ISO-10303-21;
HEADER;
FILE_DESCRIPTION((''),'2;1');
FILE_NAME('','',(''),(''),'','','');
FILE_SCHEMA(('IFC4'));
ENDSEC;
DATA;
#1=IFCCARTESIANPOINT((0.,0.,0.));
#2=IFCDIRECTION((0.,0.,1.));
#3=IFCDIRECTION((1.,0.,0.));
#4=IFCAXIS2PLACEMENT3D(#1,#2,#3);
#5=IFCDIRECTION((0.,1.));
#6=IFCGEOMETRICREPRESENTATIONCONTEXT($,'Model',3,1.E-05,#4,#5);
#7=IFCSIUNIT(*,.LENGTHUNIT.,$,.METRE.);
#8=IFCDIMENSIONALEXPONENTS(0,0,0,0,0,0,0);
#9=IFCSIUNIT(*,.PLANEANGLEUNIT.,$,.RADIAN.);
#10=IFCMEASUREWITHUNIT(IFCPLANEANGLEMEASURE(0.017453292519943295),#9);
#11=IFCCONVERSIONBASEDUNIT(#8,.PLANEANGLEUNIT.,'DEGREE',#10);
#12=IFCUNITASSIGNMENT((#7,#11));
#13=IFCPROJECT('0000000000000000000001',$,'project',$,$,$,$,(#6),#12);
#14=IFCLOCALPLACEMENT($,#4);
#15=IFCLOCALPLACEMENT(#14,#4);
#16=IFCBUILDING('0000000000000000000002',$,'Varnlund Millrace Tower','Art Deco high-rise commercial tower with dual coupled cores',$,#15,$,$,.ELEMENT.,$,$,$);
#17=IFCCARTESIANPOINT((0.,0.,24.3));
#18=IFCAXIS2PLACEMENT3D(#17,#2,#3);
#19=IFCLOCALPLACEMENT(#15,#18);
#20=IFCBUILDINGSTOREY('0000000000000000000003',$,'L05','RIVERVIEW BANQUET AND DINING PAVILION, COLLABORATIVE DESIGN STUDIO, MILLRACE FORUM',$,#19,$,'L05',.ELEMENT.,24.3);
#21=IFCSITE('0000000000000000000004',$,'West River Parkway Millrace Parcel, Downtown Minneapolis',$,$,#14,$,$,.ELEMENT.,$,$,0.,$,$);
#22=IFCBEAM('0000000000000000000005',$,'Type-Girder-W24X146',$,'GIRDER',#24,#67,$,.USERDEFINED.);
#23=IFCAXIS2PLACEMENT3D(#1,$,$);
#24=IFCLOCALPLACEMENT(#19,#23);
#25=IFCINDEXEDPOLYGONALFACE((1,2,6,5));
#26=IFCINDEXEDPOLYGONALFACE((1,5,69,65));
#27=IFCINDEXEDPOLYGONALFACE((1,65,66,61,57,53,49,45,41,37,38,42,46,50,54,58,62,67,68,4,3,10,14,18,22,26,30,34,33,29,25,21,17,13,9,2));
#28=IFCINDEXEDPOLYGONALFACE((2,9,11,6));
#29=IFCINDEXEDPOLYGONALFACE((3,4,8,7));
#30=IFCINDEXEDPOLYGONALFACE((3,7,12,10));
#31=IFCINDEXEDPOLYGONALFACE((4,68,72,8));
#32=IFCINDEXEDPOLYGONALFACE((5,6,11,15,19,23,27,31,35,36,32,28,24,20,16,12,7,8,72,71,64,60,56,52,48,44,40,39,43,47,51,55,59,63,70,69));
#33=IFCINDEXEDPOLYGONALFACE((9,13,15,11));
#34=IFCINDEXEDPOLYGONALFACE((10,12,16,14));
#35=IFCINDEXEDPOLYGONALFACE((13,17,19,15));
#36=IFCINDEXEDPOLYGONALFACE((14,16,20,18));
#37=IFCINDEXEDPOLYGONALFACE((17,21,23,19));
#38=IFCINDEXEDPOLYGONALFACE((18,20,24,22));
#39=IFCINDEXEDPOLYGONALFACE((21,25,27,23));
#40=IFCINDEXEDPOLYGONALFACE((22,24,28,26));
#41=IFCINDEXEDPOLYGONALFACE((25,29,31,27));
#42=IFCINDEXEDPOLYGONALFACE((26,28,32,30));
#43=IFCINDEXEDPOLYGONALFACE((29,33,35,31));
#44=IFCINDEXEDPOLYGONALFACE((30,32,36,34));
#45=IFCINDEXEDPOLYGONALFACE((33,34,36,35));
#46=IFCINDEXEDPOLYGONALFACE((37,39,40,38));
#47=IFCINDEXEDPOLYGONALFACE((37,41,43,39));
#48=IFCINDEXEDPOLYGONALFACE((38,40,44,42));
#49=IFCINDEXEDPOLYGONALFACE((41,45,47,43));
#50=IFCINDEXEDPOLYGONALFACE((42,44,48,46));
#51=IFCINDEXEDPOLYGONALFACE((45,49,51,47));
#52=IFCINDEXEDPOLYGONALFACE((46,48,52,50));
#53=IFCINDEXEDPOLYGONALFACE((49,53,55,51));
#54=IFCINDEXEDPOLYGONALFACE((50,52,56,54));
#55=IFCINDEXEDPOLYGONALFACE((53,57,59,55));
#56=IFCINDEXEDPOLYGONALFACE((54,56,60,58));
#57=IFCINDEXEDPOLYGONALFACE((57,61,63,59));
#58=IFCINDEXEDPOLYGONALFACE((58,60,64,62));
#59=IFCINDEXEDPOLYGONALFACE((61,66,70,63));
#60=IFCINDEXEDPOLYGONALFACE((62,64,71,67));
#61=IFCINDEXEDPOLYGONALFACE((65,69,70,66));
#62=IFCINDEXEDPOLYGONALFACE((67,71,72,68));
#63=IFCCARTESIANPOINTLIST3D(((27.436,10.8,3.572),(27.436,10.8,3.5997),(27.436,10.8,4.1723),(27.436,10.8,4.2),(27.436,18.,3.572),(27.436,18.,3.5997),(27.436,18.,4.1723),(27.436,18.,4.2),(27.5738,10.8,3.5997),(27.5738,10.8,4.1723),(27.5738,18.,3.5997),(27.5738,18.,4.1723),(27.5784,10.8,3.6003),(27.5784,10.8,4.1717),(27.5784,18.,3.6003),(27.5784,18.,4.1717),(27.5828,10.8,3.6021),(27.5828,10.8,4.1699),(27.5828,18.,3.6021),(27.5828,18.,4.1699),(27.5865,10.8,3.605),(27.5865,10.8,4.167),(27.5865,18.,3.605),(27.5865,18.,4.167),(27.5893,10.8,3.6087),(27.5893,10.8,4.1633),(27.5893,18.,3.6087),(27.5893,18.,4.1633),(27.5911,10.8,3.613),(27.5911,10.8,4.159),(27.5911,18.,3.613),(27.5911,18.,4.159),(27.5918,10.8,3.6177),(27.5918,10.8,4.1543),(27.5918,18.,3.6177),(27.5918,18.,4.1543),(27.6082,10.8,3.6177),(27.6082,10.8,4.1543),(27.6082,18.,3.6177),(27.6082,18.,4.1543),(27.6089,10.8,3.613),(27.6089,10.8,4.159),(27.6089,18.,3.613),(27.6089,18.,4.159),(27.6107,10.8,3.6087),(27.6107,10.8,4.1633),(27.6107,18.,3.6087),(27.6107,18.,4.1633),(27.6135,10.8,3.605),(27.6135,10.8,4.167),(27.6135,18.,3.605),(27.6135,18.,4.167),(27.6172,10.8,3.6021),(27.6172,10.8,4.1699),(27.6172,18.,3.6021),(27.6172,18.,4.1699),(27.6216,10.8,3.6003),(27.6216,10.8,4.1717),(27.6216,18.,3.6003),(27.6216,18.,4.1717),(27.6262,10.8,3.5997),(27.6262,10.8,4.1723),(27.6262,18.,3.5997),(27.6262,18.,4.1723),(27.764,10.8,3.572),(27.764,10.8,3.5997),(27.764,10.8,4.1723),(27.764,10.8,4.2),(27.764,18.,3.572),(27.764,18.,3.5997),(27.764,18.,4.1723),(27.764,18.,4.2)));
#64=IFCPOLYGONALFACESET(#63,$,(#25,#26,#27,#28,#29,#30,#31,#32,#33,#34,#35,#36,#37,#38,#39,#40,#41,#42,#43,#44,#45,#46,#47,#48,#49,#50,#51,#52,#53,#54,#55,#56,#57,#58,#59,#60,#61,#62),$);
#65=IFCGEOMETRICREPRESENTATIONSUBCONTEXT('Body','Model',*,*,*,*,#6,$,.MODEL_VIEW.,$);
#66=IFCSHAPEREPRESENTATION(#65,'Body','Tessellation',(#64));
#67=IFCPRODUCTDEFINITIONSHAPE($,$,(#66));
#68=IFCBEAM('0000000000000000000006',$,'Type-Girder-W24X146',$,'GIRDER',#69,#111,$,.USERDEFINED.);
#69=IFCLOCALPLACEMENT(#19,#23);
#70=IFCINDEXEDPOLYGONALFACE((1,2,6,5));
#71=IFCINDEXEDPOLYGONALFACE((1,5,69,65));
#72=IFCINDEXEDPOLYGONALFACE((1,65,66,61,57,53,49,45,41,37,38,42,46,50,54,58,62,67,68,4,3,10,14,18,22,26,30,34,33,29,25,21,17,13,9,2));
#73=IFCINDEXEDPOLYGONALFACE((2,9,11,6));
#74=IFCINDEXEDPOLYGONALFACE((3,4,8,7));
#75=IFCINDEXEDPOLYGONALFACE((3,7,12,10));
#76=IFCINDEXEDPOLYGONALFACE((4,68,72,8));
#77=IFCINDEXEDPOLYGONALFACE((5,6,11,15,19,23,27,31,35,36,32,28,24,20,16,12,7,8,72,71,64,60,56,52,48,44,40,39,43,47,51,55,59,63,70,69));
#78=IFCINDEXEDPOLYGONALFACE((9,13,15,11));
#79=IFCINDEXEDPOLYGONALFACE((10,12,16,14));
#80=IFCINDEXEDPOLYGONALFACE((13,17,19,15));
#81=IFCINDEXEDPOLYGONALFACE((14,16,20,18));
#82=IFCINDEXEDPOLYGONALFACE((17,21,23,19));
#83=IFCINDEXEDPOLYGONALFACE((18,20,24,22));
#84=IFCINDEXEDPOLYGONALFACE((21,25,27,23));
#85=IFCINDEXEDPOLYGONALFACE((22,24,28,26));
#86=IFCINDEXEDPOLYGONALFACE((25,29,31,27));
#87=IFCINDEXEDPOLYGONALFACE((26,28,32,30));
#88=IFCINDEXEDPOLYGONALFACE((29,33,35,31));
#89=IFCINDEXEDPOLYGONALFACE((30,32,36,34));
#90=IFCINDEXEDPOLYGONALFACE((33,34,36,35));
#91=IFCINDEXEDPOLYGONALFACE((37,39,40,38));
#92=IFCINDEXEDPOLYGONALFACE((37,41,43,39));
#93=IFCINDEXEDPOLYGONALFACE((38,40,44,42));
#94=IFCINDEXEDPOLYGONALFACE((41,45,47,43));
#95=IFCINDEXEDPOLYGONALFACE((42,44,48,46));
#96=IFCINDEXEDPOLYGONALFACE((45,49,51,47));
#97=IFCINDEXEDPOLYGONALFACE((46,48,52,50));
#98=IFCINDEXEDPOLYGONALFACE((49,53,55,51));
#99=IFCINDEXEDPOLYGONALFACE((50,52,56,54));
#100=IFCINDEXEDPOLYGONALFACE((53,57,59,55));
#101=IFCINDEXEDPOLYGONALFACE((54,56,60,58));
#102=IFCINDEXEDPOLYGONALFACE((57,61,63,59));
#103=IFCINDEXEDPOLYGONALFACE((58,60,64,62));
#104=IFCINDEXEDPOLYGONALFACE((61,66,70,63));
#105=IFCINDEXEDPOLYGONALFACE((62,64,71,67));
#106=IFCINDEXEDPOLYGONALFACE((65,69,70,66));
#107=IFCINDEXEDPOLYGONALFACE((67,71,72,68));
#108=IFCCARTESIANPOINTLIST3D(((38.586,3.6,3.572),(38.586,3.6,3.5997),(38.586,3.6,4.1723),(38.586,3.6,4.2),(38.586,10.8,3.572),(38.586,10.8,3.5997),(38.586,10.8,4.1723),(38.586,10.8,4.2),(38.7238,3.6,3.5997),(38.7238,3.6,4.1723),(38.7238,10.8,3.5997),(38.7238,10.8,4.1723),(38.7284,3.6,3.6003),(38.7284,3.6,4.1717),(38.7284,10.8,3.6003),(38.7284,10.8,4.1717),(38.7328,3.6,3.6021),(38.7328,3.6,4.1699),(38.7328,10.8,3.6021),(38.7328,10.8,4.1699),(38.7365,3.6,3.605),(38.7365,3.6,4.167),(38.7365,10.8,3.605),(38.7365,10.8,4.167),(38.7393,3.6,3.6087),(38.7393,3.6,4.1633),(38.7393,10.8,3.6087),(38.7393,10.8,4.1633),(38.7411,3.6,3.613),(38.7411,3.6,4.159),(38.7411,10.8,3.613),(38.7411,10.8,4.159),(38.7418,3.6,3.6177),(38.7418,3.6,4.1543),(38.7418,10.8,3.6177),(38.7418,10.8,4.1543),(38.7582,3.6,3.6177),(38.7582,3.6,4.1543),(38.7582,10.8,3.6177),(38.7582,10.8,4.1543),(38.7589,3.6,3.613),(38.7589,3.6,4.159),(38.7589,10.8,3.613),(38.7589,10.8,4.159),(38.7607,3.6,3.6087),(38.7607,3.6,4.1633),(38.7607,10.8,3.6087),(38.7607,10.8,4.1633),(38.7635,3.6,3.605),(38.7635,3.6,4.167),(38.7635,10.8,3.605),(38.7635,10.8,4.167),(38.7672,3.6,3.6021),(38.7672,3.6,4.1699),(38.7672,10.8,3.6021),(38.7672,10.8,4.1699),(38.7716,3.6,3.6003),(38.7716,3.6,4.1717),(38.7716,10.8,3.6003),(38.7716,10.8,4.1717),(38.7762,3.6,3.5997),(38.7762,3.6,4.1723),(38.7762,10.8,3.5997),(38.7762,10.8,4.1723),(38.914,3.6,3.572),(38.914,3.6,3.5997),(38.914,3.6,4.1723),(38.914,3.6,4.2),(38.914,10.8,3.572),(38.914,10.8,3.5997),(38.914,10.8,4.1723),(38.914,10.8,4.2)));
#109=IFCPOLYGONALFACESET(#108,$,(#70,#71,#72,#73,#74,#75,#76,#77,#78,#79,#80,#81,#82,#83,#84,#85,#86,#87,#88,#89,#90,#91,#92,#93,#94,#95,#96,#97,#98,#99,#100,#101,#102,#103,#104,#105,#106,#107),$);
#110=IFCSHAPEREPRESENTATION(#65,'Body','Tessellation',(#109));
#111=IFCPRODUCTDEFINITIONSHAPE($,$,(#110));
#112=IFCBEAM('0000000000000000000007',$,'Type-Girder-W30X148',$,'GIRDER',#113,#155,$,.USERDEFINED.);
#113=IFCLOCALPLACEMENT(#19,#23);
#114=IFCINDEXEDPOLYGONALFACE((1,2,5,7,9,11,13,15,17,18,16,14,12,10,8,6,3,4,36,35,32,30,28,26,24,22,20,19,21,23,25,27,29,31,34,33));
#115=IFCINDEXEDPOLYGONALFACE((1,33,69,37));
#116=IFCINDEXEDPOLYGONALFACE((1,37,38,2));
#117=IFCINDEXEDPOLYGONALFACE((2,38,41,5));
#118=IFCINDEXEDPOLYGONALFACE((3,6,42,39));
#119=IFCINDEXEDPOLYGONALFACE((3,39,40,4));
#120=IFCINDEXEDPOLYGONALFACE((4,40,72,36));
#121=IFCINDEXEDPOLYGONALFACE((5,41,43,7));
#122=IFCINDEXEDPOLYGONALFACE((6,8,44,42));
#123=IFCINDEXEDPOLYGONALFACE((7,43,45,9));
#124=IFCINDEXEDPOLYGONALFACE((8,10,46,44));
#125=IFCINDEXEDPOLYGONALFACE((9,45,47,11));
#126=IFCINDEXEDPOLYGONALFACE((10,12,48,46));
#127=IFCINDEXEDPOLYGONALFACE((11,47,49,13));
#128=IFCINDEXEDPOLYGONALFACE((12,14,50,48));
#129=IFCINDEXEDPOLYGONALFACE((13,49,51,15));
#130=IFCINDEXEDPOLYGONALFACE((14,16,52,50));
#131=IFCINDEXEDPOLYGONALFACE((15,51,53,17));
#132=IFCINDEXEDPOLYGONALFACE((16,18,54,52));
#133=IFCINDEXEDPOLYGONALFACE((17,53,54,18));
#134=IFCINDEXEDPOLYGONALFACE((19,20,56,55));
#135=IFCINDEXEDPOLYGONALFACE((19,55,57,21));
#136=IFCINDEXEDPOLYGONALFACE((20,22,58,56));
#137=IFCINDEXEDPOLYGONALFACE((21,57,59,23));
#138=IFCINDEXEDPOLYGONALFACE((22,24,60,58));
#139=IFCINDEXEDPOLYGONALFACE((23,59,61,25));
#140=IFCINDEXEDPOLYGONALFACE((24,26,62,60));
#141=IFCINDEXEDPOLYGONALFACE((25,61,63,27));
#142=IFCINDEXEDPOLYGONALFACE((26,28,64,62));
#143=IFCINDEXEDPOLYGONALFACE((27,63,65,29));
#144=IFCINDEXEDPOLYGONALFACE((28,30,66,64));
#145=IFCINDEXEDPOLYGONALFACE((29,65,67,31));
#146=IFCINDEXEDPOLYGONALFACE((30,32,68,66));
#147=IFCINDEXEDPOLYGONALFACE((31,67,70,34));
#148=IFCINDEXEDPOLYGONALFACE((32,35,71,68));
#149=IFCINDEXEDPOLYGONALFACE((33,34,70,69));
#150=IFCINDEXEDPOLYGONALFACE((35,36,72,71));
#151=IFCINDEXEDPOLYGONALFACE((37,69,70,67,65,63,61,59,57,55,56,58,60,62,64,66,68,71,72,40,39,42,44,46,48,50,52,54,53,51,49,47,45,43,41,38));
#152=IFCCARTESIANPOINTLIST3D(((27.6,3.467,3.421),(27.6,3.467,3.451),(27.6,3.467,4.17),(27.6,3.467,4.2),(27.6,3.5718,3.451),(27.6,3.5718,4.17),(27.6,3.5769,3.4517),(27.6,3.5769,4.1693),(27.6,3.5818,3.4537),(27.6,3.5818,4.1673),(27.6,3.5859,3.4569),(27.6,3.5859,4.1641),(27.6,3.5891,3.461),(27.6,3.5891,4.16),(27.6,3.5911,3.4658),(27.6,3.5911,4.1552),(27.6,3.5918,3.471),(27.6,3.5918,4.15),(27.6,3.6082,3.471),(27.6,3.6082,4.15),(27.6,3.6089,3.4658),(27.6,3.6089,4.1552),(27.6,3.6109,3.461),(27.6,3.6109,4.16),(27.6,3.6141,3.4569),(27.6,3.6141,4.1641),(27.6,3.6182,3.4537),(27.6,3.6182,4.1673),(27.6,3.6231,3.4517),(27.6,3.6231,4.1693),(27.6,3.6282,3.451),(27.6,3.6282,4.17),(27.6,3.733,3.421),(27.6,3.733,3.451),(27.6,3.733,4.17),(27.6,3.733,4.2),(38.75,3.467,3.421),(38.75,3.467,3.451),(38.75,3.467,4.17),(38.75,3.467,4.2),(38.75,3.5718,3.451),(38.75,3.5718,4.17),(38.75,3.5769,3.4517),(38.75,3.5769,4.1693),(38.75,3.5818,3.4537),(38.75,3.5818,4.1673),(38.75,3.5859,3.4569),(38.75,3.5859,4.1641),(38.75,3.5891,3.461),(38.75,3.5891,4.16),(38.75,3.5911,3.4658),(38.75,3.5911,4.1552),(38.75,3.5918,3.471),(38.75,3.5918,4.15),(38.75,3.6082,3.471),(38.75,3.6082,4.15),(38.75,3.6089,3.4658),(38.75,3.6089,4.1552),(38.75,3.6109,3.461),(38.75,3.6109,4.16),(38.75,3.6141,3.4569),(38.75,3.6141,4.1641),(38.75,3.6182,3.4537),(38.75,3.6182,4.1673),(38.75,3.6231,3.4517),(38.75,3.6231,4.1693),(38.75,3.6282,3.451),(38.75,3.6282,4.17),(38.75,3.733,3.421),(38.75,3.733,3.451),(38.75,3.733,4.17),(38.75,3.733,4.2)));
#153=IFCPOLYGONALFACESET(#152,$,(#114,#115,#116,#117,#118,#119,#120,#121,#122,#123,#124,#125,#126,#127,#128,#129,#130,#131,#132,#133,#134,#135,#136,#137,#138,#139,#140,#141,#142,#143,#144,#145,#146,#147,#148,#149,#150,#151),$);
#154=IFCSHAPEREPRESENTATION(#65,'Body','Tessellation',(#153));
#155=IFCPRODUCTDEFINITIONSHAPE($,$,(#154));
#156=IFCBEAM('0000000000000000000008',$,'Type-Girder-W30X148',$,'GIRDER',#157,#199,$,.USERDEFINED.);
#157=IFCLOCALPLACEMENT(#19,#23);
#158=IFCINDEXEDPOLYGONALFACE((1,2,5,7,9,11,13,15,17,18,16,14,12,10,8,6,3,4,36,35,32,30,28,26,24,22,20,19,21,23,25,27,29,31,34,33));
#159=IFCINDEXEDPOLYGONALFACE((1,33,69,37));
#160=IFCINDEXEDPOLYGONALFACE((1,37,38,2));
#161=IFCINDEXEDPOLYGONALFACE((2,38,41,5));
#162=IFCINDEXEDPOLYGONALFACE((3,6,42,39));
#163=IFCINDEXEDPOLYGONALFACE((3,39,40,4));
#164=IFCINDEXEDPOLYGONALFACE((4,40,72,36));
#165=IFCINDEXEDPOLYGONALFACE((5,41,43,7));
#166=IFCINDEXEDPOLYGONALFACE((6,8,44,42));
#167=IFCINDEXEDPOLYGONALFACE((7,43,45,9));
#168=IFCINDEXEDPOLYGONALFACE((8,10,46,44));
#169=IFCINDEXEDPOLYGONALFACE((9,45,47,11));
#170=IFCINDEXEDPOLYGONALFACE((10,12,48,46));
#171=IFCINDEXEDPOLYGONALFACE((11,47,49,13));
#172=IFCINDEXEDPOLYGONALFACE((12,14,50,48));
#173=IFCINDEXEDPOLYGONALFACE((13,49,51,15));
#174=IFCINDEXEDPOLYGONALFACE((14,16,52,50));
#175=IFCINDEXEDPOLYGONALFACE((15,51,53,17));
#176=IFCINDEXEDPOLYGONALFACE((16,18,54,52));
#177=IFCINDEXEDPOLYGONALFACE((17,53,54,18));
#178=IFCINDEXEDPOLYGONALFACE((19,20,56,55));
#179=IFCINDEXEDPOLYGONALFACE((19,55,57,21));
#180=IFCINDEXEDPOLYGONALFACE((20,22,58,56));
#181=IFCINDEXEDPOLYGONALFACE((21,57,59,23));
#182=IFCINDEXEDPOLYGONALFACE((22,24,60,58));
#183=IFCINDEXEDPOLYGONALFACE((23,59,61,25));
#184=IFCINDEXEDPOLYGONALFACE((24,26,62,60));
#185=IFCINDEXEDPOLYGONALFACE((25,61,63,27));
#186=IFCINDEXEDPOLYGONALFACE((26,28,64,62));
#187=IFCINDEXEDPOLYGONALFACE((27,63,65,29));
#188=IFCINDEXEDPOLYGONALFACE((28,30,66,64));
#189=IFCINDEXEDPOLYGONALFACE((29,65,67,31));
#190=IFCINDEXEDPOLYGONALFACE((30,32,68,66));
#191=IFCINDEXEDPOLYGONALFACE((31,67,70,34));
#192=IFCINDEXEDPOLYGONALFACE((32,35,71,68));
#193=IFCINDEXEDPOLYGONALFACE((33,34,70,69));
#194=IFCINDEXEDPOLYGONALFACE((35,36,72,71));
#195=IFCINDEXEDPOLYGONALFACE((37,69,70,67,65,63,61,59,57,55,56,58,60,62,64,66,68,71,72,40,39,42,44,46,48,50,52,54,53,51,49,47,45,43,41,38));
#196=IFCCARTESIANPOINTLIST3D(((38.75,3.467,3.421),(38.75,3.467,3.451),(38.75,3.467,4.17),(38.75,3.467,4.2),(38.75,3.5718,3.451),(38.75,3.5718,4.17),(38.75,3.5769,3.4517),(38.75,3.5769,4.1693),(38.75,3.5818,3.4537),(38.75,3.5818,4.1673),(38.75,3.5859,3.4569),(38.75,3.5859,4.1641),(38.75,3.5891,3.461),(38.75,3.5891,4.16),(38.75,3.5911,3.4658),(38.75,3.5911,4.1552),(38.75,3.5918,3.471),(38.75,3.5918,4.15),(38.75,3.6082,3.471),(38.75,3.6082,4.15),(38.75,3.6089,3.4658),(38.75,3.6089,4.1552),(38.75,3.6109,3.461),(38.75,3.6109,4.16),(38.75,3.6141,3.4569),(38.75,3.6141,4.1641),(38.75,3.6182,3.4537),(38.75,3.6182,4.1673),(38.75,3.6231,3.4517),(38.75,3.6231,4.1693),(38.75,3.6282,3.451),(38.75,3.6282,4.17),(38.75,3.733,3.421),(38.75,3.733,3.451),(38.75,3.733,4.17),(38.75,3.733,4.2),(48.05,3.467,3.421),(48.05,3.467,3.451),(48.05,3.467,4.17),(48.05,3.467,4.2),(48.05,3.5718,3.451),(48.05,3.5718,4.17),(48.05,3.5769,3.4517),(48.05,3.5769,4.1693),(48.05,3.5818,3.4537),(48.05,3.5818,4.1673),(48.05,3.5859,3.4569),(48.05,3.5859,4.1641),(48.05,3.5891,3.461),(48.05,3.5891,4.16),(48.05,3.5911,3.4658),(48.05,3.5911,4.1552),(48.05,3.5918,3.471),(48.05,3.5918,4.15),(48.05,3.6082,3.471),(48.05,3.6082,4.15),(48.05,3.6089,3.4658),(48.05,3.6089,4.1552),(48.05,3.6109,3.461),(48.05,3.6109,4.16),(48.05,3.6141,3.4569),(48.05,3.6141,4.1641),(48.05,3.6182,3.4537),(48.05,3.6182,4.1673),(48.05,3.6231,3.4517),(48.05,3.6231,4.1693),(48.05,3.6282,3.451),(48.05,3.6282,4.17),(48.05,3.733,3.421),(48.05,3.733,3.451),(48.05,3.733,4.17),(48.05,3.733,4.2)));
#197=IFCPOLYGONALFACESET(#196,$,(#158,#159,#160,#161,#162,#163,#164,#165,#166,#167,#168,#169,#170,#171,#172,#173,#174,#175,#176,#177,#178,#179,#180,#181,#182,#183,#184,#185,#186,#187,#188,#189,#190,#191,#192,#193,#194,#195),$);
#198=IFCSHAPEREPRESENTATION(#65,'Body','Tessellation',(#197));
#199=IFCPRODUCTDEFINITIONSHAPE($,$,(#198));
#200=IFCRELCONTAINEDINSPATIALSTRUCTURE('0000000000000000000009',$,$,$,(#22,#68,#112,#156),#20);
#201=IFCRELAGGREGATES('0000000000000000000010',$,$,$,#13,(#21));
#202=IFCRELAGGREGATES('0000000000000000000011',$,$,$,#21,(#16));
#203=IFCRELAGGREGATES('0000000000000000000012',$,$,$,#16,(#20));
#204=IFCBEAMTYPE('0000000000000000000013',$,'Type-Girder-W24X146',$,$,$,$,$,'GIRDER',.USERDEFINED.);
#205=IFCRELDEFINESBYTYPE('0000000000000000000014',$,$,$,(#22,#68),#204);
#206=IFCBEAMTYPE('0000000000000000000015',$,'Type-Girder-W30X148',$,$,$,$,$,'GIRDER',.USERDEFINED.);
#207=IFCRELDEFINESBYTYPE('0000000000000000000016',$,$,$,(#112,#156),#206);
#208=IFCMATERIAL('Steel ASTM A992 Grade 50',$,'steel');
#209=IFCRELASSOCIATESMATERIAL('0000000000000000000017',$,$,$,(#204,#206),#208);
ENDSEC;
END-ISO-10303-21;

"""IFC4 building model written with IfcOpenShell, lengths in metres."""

from ifc_helpers import new_model, entity, si_unit, converted_unit, direction, frame, origin_with_axes, origin_2d_with_axis, place, context, subcontext, project, spatial, i_section, extrude, material, material_profile, profile_set, type_object, element, save


model = new_model("IFC4")

# Units and contexts
model_context = context("Model", 3, precision=1e-05, world=origin_with_axes(), true_north=direction((0.0, 1.0)))
body_context = subcontext(model_context, "Body", "Model", "MODEL_VIEW")
ifc_project = project(units=[si_unit("LENGTHUNIT", "METRE"), converted_unit("PLANEANGLEUNIT", "DEGREE", entity("IfcPlaneAngleMeasure", 0.017453292519943295), si_unit("PLANEANGLEUNIT", "RADIAN"), dimensions=[0, 0, 0, 0, 0, 0, 0])], contexts=[model_context])

# Site, building, storey
site_placement = place(None, origin_with_axes())
site = spatial("IfcSite", under=ifc_project, at=site_placement, Name="West River Parkway Millrace Parcel, Downtown Minneapolis", CompositionType="ELEMENT", RefElevation=0.0)
building_placement = place(site_placement, origin_with_axes())
building = spatial("IfcBuilding", under=site, at=building_placement, Name="Varnlund Millrace Tower", Description="Art Deco high-rise commercial tower with dual coupled cores", CompositionType="ELEMENT")
storey_placement = place(building_placement, frame((0.0, 0.0, 24.3), z_axis=(0.0, 0.0, 1.0), x_axis=(1.0, 0.0, 0.0)))
storey = spatial("IfcBuildingStorey", under=building, at=storey_placement, Name="L05", Description="RIVERVIEW BANQUET AND DINING PAVILION, COLLABORATIVE DESIGN STUDIO, MILLRACE FORUM", LongName="L05", CompositionType="ELEMENT", Elevation=24.3)

# Beams
ifc_material_1 = material(Name="Steel ASTM A992 Grade 50", Category="steel")
ifc_material_profile_1 = material_profile(ifc_material_1, i_section(OverallWidth=0.328, OverallDepth=0.628, WebThickness=0.0165, FlangeThickness=0.0277, FilletRadius=0.018, at=origin_2d_with_axis()), Name="Steel ASTM A992 Grade 50")
ifc_profile_set_1 = profile_set([ifc_material_profile_1], Name="Steel ASTM A992 Grade 50")
beam_type_1 = type_object("IfcBeamType", Name="Type-Girder-W24X146", ElementType="GIRDER", PredefinedType="USERDEFINED", material=ifc_profile_set_1)
for number, where, z_axis, x_axis, name in (
    (1, (27.6, 10.8, 3.886), (0.0, 1.0, 0.0), (-1.0, 0.0, 0.0), "Type-Girder-W24X146"),
    (2, (38.75, 3.6, 3.886), (0.0, 1.0, 0.0), (-1.0, 0.0, 0.0), "Type-Girder-W24X146"),
):
    element("IfcBeam", number, at=place(storey_placement, frame(where, z_axis=z_axis, x_axis=x_axis)), inside=storey, type_object=beam_type_1, Name=name, ObjectType="GIRDER", PredefinedType="USERDEFINED", context=body_context, shape_type="SweptSolid", body=[
        extrude(i_section(OverallWidth=0.328, OverallDepth=0.628, WebThickness=0.0165, FlangeThickness=0.0277, FilletRadius=0.018, at=origin_2d_with_axis()), origin_with_axes(), (0.0, 0.0, 1.0), 7.2),
    ])
ifc_material_profile_2 = material_profile(ifc_material_1, i_section(OverallWidth=0.266, OverallDepth=0.779, WebThickness=0.0165, FlangeThickness=0.03, FilletRadius=0.02, at=origin_2d_with_axis()), Name="Steel ASTM A992 Grade 50")
ifc_profile_set_2 = profile_set([ifc_material_profile_2], Name="Steel ASTM A992 Grade 50")
beam_type_2 = type_object("IfcBeamType", Name="Type-Girder-W30X148", ElementType="GIRDER", PredefinedType="USERDEFINED", material=ifc_profile_set_2)
beam_1_placement = place(storey_placement, frame((27.6, 3.6, 3.8105), z_axis=(1.0, 0.0, 0.0), x_axis=(0.0, 1.0, 0.0)))
element("IfcBeam", 3, at=beam_1_placement, inside=storey, type_object=beam_type_2, Name="Type-Girder-W30X148", ObjectType="GIRDER", PredefinedType="USERDEFINED", context=body_context, shape_type="SweptSolid", body=[
    extrude(i_section(OverallWidth=0.266, OverallDepth=0.779, WebThickness=0.0165, FlangeThickness=0.03, FilletRadius=0.02, at=origin_2d_with_axis()), origin_with_axes(), (0.0, 0.0, 1.0), 11.15),
])
beam_2_placement = place(storey_placement, frame((38.75, 3.6, 3.8105), z_axis=(1.0, 0.0, 0.0), x_axis=(0.0, 1.0, 0.0)))
element("IfcBeam", 4, at=beam_2_placement, inside=storey, type_object=beam_type_2, Name="Type-Girder-W30X148", ObjectType="GIRDER", PredefinedType="USERDEFINED", context=body_context, shape_type="SweptSolid", body=[
    extrude(i_section(OverallWidth=0.266, OverallDepth=0.779, WebThickness=0.0165, FlangeThickness=0.03, FilletRadius=0.02, at=origin_2d_with_axis()), origin_with_axes(), (0.0, 0.0, 1.0), 9.3),
])

save(model, "model.ifc")
